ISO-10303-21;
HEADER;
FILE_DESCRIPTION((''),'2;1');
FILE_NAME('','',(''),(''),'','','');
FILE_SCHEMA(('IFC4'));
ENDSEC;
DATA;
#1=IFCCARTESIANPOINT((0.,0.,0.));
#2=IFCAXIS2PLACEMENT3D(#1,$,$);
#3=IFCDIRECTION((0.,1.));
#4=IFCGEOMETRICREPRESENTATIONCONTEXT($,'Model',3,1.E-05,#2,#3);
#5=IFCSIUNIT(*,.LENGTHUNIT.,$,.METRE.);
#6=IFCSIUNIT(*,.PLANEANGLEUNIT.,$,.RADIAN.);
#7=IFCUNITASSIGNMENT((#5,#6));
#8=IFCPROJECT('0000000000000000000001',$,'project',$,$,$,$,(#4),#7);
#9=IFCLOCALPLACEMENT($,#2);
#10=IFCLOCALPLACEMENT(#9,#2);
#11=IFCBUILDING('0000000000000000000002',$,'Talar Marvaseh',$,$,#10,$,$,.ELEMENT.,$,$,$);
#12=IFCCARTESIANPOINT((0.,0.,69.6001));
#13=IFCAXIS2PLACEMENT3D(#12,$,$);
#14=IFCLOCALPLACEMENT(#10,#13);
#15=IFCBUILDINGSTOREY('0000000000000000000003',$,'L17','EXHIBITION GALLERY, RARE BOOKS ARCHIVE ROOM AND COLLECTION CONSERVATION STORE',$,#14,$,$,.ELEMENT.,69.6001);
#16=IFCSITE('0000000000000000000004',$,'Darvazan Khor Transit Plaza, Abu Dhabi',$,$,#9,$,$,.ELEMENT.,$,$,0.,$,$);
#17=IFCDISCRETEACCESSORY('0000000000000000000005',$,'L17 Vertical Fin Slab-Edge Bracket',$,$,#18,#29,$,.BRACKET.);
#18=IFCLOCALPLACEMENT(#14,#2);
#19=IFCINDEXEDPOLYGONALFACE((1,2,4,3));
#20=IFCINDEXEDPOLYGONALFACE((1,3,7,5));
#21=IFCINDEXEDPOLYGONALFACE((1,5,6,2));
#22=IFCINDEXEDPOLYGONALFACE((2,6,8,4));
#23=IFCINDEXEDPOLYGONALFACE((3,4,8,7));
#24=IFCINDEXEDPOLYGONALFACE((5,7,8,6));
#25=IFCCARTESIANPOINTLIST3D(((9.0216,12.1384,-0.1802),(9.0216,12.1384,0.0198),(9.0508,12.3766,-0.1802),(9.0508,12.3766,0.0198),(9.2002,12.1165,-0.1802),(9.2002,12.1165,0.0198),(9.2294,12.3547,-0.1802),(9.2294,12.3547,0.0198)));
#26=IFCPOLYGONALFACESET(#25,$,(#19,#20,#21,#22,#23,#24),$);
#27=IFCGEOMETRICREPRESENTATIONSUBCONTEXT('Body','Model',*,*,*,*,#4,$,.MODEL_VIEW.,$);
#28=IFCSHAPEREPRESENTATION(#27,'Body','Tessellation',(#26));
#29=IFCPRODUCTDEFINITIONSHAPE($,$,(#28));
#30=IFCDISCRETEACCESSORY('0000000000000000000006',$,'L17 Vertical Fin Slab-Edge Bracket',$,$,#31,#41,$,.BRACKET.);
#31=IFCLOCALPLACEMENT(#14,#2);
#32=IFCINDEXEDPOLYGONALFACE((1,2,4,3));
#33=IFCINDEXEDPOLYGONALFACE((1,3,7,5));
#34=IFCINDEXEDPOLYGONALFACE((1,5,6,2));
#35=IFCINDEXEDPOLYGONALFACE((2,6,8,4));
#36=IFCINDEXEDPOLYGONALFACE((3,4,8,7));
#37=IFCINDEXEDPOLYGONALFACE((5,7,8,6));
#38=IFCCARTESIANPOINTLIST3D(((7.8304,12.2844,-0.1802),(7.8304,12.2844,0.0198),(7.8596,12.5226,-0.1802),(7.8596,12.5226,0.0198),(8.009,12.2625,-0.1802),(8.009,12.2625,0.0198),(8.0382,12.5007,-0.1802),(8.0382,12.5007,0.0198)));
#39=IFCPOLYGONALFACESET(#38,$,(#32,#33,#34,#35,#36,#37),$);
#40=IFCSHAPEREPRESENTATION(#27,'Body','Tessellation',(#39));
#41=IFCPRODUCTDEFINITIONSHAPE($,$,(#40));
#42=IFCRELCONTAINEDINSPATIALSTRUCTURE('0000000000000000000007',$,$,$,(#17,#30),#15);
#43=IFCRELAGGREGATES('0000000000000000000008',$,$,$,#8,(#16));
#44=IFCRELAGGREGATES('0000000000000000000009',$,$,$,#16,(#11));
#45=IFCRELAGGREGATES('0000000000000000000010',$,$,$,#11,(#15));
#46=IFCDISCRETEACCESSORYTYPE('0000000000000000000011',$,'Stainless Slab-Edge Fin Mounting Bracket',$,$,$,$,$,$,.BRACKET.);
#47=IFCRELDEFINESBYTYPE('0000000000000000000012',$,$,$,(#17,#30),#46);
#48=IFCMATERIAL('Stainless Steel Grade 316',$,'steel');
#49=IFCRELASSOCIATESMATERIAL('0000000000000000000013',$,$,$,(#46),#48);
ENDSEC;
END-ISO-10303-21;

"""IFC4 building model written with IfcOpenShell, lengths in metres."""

from ifc_helpers import new_model, si_unit, direction, frame, origin, origin_2d, place, context, subcontext, project, spatial, rectangle, extrude, source, transform, mapped, material, type_object, type_shapes, element, save


model = new_model("IFC4")

# Units and contexts
model_context = context("Model", 3, precision=1e-05, world=origin(), true_north=direction((0.0, 1.0)))
body_context = subcontext(model_context, "Body", "Model", "MODEL_VIEW")
ifc_project = project(units=[si_unit("LENGTHUNIT", "METRE"), si_unit("PLANEANGLEUNIT", "RADIAN")], contexts=[model_context])

# Site, building, storey
site_placement = place(None, origin())
site = spatial("IfcSite", under=ifc_project, at=site_placement, Name="Darvazan Khor Transit Plaza, Abu Dhabi", CompositionType="ELEMENT", RefElevation=0.0)
building_placement = place(site_placement, origin())
building = spatial("IfcBuilding", under=site, at=building_placement, Name="Talar Marvaseh", CompositionType="ELEMENT")
storey_placement = place(building_placement, frame((0.0, 0.0, 69.6001)))
storey = spatial("IfcBuildingStorey", under=building, at=storey_placement, Name="L17", Description="EXHIBITION GALLERY, RARE BOOKS ARCHIVE ROOM AND COLLECTION CONSERVATION STORE", CompositionType="ELEMENT", Elevation=69.6001)

# Discrete accessories
ifc_material_1 = material(Name="Stainless Steel Grade 316", Category="steel")
discrete_accessory_type = type_object("IfcDiscreteAccessoryType", Name="Stainless Slab-Edge Fin Mounting Bracket", PredefinedType="BRACKET", material=ifc_material_1)
shared_shape_1 = source(origin(), body_context, "Body", "SweptSolid", [
    extrude(rectangle(XDim=0.24, YDim=0.1799, at=origin_2d()), origin(), (0.0, 0.0, 1.0), 0.2),
])
type_shapes(discrete_accessory_type, [shared_shape_1])
for number, where, z_axis, x_axis, name in (
    (1, (9.1255, 12.2466, -0.1802), (0.0, 0.0, 1.0), (-0.121696, -0.992567, 0.0), "L17 Vertical Fin Slab-Edge Bracket"),
    (2, (7.9343, 12.3926, -0.1802), (0.0, 0.0, 1.0), (-0.121696, -0.992567, 0.0), "L17 Vertical Fin Slab-Edge Bracket"),
):
    element("IfcDiscreteAccessory", number, at=place(storey_placement, frame(where, z_axis=z_axis, x_axis=x_axis)), inside=storey, type_object=discrete_accessory_type, Name=name, PredefinedType="BRACKET", context=body_context, shape_type="MappedRepresentation", body=[
        mapped(shared_shape_1, transform((0.0, 0.0, 0.0), x_axis=(1.0, 0.0, 0.0), y_axis=(0.0, 1.0, 0.0), z_axis=(0.0, 0.0, 1.0), scale=1.0)),
    ])

save(model, "model.ifc")
